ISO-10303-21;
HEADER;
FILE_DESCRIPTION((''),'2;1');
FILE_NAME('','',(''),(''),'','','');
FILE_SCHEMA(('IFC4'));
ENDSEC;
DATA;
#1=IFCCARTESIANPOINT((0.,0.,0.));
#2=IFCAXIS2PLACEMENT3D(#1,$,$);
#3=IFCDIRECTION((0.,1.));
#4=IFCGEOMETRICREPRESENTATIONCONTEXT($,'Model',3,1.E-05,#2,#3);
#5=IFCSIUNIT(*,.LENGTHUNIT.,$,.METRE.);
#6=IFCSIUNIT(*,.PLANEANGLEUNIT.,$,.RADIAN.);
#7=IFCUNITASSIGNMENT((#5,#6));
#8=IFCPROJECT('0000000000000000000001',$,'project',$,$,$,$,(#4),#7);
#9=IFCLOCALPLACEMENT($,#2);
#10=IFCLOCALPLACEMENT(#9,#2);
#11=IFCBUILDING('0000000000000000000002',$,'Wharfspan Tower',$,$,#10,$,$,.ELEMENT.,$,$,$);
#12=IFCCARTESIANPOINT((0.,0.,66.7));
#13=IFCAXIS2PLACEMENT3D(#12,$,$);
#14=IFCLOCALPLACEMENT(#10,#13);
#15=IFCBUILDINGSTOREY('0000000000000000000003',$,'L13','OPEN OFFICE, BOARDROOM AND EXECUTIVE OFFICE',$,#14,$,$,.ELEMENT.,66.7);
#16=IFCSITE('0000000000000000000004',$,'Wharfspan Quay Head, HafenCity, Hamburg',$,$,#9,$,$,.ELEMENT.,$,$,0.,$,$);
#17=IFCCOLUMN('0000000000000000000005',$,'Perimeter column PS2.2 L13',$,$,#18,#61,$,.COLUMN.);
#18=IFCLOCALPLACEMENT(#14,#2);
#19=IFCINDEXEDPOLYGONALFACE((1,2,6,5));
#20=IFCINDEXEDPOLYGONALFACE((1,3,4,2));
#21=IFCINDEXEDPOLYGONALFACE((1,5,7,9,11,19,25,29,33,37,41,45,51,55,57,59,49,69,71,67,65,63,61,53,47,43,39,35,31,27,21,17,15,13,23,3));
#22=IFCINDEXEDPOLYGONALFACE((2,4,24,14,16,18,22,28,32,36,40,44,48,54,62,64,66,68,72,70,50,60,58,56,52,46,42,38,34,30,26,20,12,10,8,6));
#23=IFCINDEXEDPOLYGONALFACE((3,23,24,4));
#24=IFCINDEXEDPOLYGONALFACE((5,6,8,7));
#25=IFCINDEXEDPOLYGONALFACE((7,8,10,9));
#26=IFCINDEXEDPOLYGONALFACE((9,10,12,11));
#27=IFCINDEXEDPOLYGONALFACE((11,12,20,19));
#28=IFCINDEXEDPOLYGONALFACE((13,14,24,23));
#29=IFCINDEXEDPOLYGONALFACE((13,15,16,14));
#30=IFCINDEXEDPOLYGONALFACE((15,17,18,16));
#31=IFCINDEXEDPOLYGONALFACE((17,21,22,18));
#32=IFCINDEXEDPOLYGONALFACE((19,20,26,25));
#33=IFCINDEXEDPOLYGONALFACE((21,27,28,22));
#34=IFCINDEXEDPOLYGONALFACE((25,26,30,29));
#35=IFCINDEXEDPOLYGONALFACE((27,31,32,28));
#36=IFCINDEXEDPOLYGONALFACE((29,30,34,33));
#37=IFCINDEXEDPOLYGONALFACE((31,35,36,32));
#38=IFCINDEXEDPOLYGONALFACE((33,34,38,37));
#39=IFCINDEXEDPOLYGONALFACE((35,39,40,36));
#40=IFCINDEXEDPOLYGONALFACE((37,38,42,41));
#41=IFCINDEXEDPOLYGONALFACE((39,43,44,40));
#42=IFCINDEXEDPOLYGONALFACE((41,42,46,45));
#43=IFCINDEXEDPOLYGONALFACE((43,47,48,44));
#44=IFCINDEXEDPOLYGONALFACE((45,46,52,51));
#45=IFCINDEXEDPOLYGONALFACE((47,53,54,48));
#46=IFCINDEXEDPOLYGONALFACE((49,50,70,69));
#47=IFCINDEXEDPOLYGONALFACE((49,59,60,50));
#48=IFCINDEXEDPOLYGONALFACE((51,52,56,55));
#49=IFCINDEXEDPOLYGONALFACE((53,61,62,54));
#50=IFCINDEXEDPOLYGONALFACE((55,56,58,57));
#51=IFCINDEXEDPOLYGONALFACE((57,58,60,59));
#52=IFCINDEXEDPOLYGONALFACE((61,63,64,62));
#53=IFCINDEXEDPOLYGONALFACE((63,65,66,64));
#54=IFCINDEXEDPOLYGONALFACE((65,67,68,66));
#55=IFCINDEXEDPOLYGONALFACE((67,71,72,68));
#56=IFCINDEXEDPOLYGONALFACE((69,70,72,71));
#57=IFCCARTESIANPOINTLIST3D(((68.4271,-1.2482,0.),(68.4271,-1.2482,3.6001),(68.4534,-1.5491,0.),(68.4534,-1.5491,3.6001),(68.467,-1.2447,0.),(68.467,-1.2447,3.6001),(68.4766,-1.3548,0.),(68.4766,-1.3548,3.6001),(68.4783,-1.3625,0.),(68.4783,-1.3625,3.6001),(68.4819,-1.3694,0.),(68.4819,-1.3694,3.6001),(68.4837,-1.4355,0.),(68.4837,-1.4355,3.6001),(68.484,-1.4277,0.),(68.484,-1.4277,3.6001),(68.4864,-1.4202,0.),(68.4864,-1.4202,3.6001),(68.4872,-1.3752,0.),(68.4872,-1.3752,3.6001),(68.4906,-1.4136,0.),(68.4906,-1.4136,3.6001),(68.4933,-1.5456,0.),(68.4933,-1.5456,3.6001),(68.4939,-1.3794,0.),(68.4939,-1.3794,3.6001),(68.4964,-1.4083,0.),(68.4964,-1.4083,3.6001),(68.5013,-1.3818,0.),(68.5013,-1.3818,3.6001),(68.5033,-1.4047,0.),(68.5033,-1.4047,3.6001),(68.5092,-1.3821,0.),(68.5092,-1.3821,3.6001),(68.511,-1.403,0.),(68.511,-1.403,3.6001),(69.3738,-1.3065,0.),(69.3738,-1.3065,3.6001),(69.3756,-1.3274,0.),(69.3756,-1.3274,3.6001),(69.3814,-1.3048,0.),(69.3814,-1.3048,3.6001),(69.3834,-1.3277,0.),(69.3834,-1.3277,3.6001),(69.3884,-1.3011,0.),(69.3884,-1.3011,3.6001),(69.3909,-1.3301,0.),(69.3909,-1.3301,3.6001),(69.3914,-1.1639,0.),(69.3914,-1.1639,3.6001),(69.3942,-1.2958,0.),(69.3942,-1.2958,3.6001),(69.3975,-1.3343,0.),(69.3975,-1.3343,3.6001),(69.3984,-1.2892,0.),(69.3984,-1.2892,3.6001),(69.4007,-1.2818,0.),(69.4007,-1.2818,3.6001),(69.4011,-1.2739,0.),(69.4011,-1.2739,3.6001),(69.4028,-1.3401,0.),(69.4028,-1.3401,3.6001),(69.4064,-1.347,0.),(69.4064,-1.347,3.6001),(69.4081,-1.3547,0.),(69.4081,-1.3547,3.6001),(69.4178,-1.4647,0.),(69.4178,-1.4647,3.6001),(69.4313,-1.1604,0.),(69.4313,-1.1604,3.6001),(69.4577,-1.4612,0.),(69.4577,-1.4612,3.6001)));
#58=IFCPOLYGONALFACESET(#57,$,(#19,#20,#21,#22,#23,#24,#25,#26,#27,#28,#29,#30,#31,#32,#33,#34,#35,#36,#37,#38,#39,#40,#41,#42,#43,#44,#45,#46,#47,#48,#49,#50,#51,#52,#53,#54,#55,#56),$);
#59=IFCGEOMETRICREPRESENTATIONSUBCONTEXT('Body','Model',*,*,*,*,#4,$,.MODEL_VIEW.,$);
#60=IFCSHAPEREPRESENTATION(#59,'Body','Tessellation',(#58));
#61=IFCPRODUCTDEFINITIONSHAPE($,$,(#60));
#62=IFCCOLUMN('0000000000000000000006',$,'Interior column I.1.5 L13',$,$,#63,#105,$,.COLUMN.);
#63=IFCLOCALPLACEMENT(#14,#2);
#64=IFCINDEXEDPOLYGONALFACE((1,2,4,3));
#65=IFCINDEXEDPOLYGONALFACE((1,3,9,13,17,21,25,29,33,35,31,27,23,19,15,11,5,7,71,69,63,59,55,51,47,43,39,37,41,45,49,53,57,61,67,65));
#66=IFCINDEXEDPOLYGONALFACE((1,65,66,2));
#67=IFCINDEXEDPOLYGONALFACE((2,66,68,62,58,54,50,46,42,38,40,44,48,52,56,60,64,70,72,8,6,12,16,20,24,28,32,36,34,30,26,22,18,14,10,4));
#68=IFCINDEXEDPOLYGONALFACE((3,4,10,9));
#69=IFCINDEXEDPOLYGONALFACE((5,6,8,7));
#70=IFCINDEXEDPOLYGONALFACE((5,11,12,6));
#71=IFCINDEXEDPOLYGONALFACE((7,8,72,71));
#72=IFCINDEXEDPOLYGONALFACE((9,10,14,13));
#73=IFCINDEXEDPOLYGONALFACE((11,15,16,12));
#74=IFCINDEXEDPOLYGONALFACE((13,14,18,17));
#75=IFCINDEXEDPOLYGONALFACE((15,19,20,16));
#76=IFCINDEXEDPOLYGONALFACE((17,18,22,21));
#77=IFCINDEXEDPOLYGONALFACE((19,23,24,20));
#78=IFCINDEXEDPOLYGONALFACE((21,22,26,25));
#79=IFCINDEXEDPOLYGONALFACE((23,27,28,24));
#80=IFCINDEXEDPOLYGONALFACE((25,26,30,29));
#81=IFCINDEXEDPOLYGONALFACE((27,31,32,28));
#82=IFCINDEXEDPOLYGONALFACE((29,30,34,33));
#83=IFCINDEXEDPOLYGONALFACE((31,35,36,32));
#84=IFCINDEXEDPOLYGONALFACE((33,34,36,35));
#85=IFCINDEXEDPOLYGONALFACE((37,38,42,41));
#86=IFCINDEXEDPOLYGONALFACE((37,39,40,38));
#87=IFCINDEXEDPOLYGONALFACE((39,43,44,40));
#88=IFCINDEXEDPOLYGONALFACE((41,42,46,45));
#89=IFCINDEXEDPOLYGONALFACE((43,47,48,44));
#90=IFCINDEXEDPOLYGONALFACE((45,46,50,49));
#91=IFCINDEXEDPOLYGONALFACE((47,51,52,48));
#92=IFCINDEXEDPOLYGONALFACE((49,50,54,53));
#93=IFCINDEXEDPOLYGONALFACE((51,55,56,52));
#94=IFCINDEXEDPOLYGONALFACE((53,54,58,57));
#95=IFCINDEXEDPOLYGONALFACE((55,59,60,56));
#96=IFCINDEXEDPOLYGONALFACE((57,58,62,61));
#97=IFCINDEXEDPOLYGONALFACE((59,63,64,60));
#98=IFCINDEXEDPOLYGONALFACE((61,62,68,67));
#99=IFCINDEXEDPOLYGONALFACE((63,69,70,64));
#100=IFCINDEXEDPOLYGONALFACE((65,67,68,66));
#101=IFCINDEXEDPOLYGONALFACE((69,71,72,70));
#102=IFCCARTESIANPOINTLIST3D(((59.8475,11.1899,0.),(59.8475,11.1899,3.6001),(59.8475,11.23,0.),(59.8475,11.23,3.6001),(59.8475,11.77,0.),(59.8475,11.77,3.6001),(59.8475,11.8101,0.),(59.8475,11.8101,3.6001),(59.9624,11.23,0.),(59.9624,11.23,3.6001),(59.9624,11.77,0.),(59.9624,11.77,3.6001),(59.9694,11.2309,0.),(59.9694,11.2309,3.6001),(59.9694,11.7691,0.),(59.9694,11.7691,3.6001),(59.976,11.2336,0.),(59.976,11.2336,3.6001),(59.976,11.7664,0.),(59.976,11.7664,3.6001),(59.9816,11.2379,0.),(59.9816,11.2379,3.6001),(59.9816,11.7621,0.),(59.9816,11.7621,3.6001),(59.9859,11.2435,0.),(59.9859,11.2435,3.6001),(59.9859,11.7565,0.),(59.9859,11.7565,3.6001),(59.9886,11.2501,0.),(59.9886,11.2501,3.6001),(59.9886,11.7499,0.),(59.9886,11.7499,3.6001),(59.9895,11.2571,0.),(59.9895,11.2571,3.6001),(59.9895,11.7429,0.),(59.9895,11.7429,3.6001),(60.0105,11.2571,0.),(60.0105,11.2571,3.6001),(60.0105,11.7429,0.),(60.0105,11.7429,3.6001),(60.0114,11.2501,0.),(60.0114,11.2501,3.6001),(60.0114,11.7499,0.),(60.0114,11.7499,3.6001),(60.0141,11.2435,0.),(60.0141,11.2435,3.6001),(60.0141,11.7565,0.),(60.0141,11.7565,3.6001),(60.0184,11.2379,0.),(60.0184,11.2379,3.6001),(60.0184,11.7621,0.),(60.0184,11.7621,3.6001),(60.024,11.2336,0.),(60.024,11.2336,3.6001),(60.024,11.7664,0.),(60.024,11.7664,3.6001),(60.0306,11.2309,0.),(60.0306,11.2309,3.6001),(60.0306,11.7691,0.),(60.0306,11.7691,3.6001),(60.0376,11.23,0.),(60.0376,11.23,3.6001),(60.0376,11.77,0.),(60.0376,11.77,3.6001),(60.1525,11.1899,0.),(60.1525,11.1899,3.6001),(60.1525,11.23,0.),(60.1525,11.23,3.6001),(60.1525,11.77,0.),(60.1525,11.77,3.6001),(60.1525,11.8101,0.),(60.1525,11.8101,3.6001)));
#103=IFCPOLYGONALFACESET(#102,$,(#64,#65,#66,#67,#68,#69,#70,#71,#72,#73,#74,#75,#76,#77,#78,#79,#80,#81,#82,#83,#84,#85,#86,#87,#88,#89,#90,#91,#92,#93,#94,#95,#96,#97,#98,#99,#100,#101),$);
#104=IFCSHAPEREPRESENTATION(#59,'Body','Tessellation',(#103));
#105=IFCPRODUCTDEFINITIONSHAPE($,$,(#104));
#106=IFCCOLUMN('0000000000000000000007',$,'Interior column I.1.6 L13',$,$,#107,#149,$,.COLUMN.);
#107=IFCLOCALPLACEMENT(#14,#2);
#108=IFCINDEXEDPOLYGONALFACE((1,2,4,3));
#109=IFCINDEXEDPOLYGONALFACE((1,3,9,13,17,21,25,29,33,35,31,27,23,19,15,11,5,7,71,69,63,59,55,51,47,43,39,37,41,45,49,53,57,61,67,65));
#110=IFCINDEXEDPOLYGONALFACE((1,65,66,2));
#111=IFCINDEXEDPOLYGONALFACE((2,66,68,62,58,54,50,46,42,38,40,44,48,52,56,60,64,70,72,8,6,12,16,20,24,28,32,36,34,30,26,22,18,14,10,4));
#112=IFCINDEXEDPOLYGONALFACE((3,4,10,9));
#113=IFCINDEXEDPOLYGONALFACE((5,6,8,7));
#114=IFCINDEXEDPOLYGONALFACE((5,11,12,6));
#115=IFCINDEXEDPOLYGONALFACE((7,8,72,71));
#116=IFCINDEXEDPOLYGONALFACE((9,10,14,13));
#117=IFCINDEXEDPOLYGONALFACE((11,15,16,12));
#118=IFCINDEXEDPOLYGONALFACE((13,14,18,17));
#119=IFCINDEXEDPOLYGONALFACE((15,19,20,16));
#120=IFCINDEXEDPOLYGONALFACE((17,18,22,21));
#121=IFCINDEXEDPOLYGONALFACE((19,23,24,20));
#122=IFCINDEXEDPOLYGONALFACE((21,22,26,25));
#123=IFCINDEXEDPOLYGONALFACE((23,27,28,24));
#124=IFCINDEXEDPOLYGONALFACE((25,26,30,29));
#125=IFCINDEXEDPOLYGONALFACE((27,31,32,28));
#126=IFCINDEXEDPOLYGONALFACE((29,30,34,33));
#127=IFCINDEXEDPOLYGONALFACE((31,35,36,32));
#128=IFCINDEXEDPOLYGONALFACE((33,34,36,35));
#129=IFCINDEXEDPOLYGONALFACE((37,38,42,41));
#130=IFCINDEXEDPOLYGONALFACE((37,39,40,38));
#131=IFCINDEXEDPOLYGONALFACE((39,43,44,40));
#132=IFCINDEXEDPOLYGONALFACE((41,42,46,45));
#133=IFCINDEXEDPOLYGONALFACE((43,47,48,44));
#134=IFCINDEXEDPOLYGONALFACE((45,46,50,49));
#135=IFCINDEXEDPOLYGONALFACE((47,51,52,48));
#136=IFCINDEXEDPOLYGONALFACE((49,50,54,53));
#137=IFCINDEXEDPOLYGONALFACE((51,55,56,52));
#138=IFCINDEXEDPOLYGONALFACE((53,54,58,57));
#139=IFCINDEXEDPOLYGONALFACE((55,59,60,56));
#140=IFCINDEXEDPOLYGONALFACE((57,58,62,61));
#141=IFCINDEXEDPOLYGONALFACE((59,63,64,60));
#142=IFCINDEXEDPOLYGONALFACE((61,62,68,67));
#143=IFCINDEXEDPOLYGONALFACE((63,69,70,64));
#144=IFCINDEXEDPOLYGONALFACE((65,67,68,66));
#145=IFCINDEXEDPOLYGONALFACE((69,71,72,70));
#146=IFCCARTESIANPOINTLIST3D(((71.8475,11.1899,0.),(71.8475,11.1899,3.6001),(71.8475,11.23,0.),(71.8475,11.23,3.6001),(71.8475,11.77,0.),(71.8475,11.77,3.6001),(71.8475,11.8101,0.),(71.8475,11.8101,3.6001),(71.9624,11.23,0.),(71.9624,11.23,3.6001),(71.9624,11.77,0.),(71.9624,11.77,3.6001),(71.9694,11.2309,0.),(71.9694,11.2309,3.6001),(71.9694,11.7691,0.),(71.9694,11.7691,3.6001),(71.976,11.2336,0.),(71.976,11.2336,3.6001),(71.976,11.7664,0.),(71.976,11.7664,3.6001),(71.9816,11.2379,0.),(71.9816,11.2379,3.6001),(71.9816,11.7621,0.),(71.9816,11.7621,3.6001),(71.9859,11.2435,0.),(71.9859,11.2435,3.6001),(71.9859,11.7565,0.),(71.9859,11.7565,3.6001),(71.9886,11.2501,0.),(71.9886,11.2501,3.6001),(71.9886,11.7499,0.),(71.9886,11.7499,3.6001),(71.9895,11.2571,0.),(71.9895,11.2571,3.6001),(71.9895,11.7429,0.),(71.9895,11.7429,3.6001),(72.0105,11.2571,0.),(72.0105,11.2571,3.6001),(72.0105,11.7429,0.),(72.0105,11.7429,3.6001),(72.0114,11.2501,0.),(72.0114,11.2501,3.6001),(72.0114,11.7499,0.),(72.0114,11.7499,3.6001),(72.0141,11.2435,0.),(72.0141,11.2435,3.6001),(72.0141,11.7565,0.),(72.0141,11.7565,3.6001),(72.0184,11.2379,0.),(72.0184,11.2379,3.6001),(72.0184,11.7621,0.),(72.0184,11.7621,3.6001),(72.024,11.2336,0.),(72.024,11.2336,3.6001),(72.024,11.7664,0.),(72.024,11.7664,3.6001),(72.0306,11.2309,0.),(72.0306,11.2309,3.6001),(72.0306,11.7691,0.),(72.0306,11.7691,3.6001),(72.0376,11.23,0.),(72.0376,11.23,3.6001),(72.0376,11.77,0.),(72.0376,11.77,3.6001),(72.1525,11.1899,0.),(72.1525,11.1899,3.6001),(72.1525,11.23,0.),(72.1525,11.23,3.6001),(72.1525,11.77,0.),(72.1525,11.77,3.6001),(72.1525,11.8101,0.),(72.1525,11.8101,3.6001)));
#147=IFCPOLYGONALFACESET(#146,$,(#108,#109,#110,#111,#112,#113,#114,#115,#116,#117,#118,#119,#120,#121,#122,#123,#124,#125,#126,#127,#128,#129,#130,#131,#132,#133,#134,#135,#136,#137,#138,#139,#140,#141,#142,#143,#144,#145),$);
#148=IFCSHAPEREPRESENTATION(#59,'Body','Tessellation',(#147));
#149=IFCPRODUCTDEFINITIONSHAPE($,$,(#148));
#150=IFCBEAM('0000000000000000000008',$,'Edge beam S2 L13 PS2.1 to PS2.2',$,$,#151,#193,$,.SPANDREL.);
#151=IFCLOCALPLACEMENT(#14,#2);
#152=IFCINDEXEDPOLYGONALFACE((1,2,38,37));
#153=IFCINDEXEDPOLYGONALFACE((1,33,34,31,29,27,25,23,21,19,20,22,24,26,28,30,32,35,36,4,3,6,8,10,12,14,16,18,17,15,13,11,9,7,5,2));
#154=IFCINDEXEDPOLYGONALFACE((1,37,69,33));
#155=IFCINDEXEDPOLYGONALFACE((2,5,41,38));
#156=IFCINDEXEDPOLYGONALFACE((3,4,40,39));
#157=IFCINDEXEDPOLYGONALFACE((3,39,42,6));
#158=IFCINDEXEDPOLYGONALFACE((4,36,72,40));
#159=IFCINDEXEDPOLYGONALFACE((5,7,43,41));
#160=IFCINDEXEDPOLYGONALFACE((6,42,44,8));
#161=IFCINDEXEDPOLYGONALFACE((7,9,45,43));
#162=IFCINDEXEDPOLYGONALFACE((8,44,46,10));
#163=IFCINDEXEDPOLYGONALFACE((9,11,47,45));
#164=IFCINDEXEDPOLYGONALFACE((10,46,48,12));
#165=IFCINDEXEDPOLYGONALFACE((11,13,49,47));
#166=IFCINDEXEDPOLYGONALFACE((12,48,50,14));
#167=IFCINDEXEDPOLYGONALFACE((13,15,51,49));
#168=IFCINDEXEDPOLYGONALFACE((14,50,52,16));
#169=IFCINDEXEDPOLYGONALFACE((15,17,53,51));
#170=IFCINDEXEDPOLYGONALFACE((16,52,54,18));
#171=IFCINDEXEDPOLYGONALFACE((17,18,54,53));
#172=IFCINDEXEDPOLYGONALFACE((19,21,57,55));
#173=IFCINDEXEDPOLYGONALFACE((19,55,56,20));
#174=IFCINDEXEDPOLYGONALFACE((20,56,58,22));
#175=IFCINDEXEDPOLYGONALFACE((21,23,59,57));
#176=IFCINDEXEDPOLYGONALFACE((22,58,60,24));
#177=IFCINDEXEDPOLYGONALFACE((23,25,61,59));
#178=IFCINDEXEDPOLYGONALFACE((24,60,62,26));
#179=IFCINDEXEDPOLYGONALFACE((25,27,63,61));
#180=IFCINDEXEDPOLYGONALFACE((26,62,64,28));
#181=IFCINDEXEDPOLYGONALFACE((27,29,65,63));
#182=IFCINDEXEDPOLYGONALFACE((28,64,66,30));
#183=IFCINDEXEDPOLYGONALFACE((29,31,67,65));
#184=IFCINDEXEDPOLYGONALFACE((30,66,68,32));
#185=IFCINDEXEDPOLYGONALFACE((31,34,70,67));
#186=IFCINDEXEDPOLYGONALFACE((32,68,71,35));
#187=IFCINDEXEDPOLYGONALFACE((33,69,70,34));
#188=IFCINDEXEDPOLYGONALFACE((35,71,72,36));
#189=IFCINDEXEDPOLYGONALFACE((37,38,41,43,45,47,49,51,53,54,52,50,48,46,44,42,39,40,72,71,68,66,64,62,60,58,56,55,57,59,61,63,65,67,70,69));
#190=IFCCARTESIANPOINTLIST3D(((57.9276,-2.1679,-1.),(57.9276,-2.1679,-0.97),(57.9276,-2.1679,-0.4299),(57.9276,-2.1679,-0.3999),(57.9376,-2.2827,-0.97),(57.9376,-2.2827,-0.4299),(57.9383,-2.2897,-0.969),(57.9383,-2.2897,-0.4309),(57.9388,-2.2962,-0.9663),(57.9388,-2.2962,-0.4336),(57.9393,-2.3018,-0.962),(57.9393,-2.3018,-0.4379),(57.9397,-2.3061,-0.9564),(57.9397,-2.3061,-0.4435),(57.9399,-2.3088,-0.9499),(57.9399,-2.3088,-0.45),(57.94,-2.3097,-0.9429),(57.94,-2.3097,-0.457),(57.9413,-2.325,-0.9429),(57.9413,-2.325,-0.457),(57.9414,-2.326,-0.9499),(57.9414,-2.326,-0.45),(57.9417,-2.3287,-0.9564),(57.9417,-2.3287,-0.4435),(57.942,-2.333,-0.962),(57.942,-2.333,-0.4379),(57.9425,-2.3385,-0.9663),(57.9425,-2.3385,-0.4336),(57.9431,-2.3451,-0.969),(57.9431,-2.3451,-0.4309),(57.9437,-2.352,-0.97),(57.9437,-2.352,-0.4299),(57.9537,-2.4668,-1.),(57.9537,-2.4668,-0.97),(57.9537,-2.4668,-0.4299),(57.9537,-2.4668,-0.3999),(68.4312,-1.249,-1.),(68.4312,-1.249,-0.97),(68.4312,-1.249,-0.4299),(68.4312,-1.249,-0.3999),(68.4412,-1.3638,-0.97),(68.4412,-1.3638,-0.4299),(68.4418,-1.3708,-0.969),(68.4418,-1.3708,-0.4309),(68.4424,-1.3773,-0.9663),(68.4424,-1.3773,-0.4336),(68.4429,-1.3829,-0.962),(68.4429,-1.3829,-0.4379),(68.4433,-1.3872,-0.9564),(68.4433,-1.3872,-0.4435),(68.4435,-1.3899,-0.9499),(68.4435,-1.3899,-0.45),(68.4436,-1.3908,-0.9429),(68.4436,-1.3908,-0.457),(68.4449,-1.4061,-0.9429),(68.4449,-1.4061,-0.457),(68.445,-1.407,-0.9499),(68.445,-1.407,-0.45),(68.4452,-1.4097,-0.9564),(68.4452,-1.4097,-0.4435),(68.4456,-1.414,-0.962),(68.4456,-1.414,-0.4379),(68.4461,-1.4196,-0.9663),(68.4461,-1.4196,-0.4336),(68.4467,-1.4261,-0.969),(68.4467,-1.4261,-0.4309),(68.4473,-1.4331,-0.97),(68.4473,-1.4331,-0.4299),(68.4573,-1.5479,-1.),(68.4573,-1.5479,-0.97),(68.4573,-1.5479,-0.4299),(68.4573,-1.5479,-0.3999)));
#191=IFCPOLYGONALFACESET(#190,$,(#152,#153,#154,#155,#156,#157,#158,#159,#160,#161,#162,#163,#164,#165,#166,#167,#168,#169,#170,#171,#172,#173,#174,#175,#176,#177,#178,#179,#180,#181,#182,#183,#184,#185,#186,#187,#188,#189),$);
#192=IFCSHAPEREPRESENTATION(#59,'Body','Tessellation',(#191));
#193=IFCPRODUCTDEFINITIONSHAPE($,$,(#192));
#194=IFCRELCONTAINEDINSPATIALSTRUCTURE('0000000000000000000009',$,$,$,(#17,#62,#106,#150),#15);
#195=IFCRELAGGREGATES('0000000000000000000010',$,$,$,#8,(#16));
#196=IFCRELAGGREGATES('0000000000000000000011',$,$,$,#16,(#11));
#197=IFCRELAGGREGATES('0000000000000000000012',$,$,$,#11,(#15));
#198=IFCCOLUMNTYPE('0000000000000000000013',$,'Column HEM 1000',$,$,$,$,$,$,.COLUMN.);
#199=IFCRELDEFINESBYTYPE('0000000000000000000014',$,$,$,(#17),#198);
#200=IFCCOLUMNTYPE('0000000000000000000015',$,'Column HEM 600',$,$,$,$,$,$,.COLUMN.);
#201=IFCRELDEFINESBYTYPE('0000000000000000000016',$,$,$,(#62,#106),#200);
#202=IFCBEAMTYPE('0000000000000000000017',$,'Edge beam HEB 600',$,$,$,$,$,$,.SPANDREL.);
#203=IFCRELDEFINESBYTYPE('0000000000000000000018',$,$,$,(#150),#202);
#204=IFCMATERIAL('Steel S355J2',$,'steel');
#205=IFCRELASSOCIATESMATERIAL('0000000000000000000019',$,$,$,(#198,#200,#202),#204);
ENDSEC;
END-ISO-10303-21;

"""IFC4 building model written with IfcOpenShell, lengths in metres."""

from ifc_helpers import new_model, si_unit, direction, frame, origin, origin_2d, place, context, subcontext, project, spatial, i_section, extrude, material, material_profile, profile_set, type_object, element, save


model = new_model("IFC4")

# Units and contexts
model_context = context("Model", 3, precision=1e-05, world=origin(), true_north=direction((0.0, 1.0)))
body_context = subcontext(model_context, "Body", "Model", "MODEL_VIEW")
ifc_project = project(units=[si_unit("LENGTHUNIT", "METRE"), si_unit("PLANEANGLEUNIT", "RADIAN")], contexts=[model_context])

# Site, building, storey
site_placement = place(None, origin())
site = spatial("IfcSite", under=ifc_project, at=site_placement, Name="Wharfspan Quay Head, HafenCity, Hamburg", CompositionType="ELEMENT", RefElevation=0.0)
building_placement = place(site_placement, origin())
building = spatial("IfcBuilding", under=site, at=building_placement, Name="Wharfspan Tower", CompositionType="ELEMENT")
storey_placement = place(building_placement, frame((0.0, 0.0, 66.7)))
storey = spatial("IfcBuildingStorey", under=building, at=storey_placement, Name="L13", Description="OPEN OFFICE, BOARDROOM AND EXECUTIVE OFFICE", CompositionType="ELEMENT", Elevation=66.7)

# Columns
ifc_material_1 = material(Name="Steel S355J2", Category="steel")
ifc_material_profile_1 = material_profile(ifc_material_1, i_section(OverallWidth=0.302, OverallDepth=1.0081, WebThickness=0.021, FlangeThickness=0.04, FilletRadius=0.03, at=origin_2d()))
ifc_profile_set_1 = profile_set([ifc_material_profile_1], Name="Steel S355J2")
column_type_1 = type_object("IfcColumnType", Name="Column HEM 1000", PredefinedType="COLUMN", material=ifc_profile_set_1)
column_placement = place(storey_placement, frame((68.9424, -1.3547, 0.0), z_axis=(0.0, 0.0, 1.0), x_axis=(0.087156, -0.996198, 0.0)))
element("IfcColumn", 1, at=column_placement, inside=storey, type_object=column_type_1, Name="Perimeter column PS2.2 L13", PredefinedType="COLUMN", context=body_context, shape_type="SweptSolid", body=[
    extrude(i_section(OverallWidth=0.302, OverallDepth=1.0081, WebThickness=0.021, FlangeThickness=0.04, FilletRadius=0.03, at=origin_2d()), origin(), (0.0, 0.0, 1.0), 3.6001),
])
ifc_material_profile_2 = material_profile(ifc_material_1, i_section(OverallWidth=0.3049, OverallDepth=0.6201, WebThickness=0.021, FlangeThickness=0.04, FilletRadius=0.0271, at=origin_2d()))
ifc_profile_set_2 = profile_set([ifc_material_profile_2], Name="Steel S355J2")
column_type_2 = type_object("IfcColumnType", Name="Column HEM 600", PredefinedType="COLUMN", material=ifc_profile_set_2)
for number, where, z_axis, x_axis, name in (
    (2, (60.0, 11.5, 0.0), (0.0, 0.0, 1.0), (1.0, 0.0, 0.0), "Interior column I.1.5 L13"),
    (3, (72.0, 11.5, 0.0), (0.0, 0.0, 1.0), (1.0, 0.0, 0.0), "Interior column I.1.6 L13"),
):
    element("IfcColumn", number, at=place(storey_placement, frame(where, z_axis=z_axis, x_axis=x_axis)), inside=storey, type_object=column_type_2, Name=name, PredefinedType="COLUMN", context=body_context, shape_type="SweptSolid", body=[
        extrude(i_section(OverallWidth=0.3049, OverallDepth=0.6201, WebThickness=0.021, FlangeThickness=0.04, FilletRadius=0.0271, at=origin_2d()), origin(), (0.0, 0.0, 1.0), 3.6001),
    ])

# Beam
ifc_material_profile_3 = material_profile(ifc_material_1, i_section(OverallWidth=0.3, OverallDepth=0.6001, WebThickness=0.0154, FlangeThickness=0.03, FilletRadius=0.0271, at=origin_2d()))
ifc_profile_set_3 = profile_set([ifc_material_profile_3], Name="Steel S355J2")
beam_type = type_object("IfcBeamType", Name="Edge beam HEB 600", PredefinedType="SPANDREL", material=ifc_profile_set_3)
for number, where, z_axis, x_axis, name in (
    (4, (57.9407, -2.3174, -0.7), (0.996195, 0.087155, 0.0), (-0.087155, 0.996195, 0.0), "Edge beam S2 L13 PS2.1 to PS2.2"),
):
    element("IfcBeam", number, at=place(storey_placement, frame(where, z_axis=z_axis, x_axis=x_axis)), inside=storey, type_object=beam_type, Name=name, PredefinedType="SPANDREL", context=body_context, shape_type="SweptSolid", body=[
        extrude(i_section(OverallWidth=0.3, OverallDepth=0.6001, WebThickness=0.0154, FlangeThickness=0.03, FilletRadius=0.0271, at=origin_2d()), origin(), (0.0, 0.0, 1.0), 10.5437),
    ])

save(model, "model.ifc")
